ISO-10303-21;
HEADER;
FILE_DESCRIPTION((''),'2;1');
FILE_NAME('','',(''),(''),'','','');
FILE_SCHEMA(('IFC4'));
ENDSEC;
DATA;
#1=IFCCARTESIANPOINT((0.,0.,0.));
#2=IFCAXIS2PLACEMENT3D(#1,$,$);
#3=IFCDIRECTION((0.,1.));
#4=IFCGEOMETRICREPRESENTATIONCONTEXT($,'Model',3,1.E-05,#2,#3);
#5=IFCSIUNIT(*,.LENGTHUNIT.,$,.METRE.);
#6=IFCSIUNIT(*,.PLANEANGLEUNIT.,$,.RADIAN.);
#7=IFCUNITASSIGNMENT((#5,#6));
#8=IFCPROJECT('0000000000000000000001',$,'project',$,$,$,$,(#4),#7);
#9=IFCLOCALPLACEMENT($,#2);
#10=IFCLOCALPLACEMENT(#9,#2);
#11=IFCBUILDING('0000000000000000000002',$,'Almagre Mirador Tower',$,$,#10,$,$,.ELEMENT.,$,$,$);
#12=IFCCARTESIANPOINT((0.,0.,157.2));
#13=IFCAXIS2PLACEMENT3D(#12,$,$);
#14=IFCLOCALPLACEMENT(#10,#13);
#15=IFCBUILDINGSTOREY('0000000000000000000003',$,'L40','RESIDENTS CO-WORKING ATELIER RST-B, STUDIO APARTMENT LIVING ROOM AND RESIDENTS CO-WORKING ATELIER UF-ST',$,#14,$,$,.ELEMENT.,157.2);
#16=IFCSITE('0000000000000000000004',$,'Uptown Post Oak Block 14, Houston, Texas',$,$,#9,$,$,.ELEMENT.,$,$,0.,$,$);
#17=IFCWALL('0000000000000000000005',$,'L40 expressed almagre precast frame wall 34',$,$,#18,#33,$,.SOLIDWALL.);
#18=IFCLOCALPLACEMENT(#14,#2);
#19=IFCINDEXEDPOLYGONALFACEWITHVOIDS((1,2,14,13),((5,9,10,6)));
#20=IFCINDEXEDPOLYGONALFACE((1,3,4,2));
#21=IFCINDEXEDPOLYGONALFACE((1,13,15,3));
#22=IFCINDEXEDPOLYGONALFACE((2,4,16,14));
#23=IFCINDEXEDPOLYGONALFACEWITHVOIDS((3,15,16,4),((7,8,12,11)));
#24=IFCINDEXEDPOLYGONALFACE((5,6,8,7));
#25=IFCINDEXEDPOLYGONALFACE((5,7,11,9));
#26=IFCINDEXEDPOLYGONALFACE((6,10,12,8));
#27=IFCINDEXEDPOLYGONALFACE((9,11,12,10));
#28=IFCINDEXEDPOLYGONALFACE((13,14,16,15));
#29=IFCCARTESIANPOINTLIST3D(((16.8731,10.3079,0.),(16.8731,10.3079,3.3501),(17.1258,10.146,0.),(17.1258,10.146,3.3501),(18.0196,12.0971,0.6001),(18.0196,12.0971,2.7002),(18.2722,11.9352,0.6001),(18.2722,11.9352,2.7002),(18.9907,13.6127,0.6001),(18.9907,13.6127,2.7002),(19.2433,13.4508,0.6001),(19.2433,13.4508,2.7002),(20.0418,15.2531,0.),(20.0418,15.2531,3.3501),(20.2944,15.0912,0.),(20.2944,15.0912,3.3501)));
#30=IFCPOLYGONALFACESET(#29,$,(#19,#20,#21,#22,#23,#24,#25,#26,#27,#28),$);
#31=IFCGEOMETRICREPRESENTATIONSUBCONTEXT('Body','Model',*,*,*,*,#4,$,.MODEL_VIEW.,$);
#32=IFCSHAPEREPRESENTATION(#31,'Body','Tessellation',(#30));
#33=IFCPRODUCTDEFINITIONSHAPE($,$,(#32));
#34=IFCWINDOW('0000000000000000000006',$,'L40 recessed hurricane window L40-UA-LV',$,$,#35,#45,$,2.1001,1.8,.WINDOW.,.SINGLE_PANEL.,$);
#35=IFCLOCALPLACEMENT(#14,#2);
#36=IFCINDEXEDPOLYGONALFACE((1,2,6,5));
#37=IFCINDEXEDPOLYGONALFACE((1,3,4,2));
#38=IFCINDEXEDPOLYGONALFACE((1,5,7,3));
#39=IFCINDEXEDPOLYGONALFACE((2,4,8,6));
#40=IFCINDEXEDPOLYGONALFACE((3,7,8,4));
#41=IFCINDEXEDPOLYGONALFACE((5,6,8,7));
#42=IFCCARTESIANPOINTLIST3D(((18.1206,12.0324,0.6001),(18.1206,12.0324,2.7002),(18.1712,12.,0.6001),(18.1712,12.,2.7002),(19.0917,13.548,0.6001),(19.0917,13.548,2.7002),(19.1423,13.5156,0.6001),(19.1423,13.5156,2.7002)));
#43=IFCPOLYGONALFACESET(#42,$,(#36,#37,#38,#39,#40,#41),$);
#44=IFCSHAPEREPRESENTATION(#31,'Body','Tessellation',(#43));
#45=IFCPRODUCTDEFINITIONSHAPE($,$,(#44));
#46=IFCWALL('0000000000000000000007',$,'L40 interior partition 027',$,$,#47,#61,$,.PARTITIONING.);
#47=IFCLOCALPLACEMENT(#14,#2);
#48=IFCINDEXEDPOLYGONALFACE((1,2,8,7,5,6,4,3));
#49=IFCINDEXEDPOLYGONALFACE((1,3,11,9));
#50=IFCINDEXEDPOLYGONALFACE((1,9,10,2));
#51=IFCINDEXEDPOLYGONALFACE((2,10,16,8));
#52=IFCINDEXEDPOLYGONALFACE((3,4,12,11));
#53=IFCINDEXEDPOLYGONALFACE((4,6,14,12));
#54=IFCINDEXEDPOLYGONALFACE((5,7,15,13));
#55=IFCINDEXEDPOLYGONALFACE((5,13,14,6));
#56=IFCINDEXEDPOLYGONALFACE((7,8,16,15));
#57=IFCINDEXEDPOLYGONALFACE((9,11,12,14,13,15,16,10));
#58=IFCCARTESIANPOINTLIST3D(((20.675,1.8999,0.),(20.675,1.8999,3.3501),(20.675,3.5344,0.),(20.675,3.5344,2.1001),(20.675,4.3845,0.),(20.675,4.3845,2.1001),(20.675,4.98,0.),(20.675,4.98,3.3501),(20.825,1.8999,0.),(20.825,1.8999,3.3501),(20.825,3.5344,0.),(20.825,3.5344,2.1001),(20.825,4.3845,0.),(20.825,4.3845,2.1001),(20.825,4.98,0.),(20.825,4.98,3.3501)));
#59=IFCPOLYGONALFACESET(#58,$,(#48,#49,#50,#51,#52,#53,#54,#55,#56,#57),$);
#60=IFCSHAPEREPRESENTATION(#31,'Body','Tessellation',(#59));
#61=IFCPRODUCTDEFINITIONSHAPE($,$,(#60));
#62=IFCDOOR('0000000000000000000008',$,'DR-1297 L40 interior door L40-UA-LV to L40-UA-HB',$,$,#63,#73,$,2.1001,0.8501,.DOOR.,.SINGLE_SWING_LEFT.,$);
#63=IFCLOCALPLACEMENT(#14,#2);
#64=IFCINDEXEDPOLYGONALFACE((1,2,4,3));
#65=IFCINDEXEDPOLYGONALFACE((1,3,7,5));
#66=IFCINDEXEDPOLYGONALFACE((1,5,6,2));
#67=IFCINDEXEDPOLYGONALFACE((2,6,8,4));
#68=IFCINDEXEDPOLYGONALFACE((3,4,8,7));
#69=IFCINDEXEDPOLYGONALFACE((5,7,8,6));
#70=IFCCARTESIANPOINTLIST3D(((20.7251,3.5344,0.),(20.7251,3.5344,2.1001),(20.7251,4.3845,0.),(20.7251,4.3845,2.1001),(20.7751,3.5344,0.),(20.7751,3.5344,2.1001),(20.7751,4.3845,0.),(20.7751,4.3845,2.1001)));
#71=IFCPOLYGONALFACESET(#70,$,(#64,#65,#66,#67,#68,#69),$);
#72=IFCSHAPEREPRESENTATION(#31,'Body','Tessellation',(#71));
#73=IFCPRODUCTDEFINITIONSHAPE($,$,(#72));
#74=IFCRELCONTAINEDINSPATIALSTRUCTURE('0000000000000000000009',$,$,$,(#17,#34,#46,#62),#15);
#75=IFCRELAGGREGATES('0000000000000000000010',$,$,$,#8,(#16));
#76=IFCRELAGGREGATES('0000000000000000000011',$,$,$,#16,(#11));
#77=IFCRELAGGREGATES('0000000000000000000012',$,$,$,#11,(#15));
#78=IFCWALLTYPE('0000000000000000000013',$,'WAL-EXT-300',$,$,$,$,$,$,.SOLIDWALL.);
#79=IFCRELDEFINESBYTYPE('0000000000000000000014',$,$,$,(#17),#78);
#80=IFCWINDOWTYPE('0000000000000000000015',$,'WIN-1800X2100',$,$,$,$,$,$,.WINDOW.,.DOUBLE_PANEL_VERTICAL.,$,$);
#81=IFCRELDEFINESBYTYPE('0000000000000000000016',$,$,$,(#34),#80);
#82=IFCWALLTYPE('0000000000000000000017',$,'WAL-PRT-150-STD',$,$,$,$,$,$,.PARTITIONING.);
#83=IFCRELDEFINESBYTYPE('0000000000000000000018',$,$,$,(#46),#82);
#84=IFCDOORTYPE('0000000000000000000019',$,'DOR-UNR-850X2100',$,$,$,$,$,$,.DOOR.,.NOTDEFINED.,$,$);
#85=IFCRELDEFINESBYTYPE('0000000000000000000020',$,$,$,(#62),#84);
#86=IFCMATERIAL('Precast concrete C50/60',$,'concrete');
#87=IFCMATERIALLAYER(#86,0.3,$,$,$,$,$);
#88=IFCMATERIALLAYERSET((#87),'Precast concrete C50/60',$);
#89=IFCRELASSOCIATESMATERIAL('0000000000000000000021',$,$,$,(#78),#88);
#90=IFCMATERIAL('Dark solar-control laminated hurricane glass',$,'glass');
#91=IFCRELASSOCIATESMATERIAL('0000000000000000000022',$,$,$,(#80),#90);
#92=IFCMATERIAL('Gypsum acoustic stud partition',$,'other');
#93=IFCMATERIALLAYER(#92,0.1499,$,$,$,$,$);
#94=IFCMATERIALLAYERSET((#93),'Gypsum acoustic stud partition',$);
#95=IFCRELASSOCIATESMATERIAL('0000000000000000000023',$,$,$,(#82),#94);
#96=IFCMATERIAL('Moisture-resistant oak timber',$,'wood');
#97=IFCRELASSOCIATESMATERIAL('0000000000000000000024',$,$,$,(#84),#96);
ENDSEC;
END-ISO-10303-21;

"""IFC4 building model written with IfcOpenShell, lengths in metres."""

from ifc_helpers import new_model, si_unit, direction, frame, frame_2d, origin, place, context, subcontext, project, spatial, rectangle, extrude, material, layer, layer_set, type_object, element, fill, save


model = new_model("IFC4")

# Units and contexts
model_context = context("Model", 3, precision=1e-05, world=origin(), true_north=direction((0.0, 1.0)))
body_context = subcontext(model_context, "Body", "Model", "MODEL_VIEW")
ifc_project = project(units=[si_unit("LENGTHUNIT", "METRE"), si_unit("PLANEANGLEUNIT", "RADIAN")], contexts=[model_context])

# Site, building, storey
site_placement = place(None, origin())
site = spatial("IfcSite", under=ifc_project, at=site_placement, Name="Uptown Post Oak Block 14, Houston, Texas", CompositionType="ELEMENT", RefElevation=0.0)
building_placement = place(site_placement, origin())
building = spatial("IfcBuilding", under=site, at=building_placement, Name="Almagre Mirador Tower", CompositionType="ELEMENT")
storey_placement = place(building_placement, frame((0.0, 0.0, 157.2)))
storey = spatial("IfcBuildingStorey", under=building, at=storey_placement, Name="L40", Description="RESIDENTS CO-WORKING ATELIER RST-B, STUDIO APARTMENT LIVING ROOM AND RESIDENTS CO-WORKING ATELIER UF-ST", CompositionType="ELEMENT", Elevation=157.2)

# Shared definitions
ifc_material_1 = material(Name="Precast concrete C50/60", Category="concrete")
ifc_layer_1 = layer(ifc_material_1, 0.3)
ifc_layer_set_1 = layer_set([ifc_layer_1], Name="Precast concrete C50/60")
wall_type_1 = type_object("IfcWallType", Name="WAL-EXT-300", PredefinedType="SOLIDWALL", material=ifc_layer_set_1)

# Wall, opening, window
wall_1_placement = place(storey_placement, frame((16.9995, 10.2271, 0.0), z_axis=(0.0, 0.0, 1.0), x_axis=(0.539501, 0.841985, 0.0)))
wall_1 = element("IfcWall", 1, at=wall_1_placement, inside=storey, type_object=wall_type_1, Name="L40 expressed almagre precast frame wall 34", PredefinedType="SOLIDWALL", context=body_context, shape_type="SweptSolid", body=[
    extrude(rectangle(XDim=5.8733, YDim=0.3, at=frame_2d((2.9365, 0.0))), origin(), (0.0, 0.0, 1.0), 3.3501),
])
opening_1_placement = place(wall_1_placement, frame((2.125, 0.0, 0.6001)))
opening_1 = element("IfcOpeningElement", 2, at=opening_1_placement, cuts=wall_1, PredefinedType="OPENING", context=body_context, shape_type="SweptSolid", body=[
    extrude(rectangle(XDim=1.8, YDim=2.1001, at=frame_2d((0.8999, 1.05))), frame((0.0, 0.1599, 0.0), z_axis=(0.0, -1.0, 0.0), x_axis=(1.0, 0.0, 0.0)), (0.0, 0.0, 1.0), 0.32),
])
ifc_material_2 = material(Name="Dark solar-control laminated hurricane glass", Category="glass")
window_type_1 = type_object("IfcWindowType", Name="WIN-1800X2100", PartitioningType="DOUBLE_PANEL_VERTICAL", PredefinedType="WINDOW", material=ifc_material_2)
window_1_placement = place(opening_1_placement, origin())
window_1 = element("IfcWindow", 3, at=window_1_placement, inside=storey, type_object=window_type_1, Name="L40 recessed hurricane window L40-UA-LV", OverallHeight=2.1001, OverallWidth=1.8, PartitioningType="SINGLE_PANEL", PredefinedType="WINDOW", context=body_context, shape_type="SweptSolid", body=[
    extrude(rectangle(XDim=1.8, YDim=2.1001, at=frame_2d((0.8999, 1.05))), frame((0.0, 0.03, 0.0), z_axis=(0.0, -1.0, 0.0), x_axis=(1.0, 0.0, 0.0)), (0.0, 0.0, 1.0), 0.0601),
])
fill(opening_1, window_1)

# Wall, opening, door
ifc_material_3 = material(Name="Gypsum acoustic stud partition", Category="other")
ifc_layer_2 = layer(ifc_material_3, 0.1499)
ifc_layer_set_2 = layer_set([ifc_layer_2], Name="Gypsum acoustic stud partition")
wall_type_2 = type_object("IfcWallType", Name="WAL-PRT-150-STD", PredefinedType="PARTITIONING", material=ifc_layer_set_2)
wall_2_placement = place(storey_placement, frame((20.75, 1.8999, 0.0), z_axis=(0.0, 0.0, 1.0), x_axis=(0.0, 1.0, 0.0)))
wall_2 = element("IfcWall", 4, at=wall_2_placement, inside=storey, type_object=wall_type_2, Name="L40 interior partition 027", PredefinedType="PARTITIONING", context=body_context, shape_type="SweptSolid", body=[
    extrude(rectangle(XDim=3.0801, YDim=0.1499, at=frame_2d((1.54, 0.0))), origin(), (0.0, 0.0, 1.0), 3.3501),
])
opening_2_placement = place(wall_2_placement, frame((1.6345, 0.0, 0.0)))
opening_2 = element("IfcOpeningElement", 5, at=opening_2_placement, cuts=wall_2, PredefinedType="OPENING", context=body_context, shape_type="SweptSolid", body=[
    extrude(rectangle(XDim=0.8501, YDim=2.1001, at=frame_2d((0.425, 1.05))), frame((0.0, 0.085, 0.0), z_axis=(0.0, -1.0, 0.0), x_axis=(1.0, 0.0, 0.0)), (0.0, 0.0, 1.0), 0.1699),
])
ifc_material_4 = material(Name="Moisture-resistant oak timber", Category="wood")
door_type_1 = type_object("IfcDoorType", Name="DOR-UNR-850X2100", OperationType="NOTDEFINED", PredefinedType="DOOR", material=ifc_material_4)
door_1_placement = place(opening_2_placement, origin())
door_1 = element("IfcDoor", 6, at=door_1_placement, inside=storey, type_object=door_type_1, Name="DR-1297 L40 interior door L40-UA-LV to L40-UA-HB", OperationType="SINGLE_SWING_LEFT", OverallHeight=2.1001, OverallWidth=0.8501, PredefinedType="DOOR", context=body_context, shape_type="SweptSolid", body=[
    extrude(rectangle(XDim=0.8501, YDim=2.1001, at=frame_2d((0.425, 1.05))), frame((0.0, 0.0249, 0.0), z_axis=(0.0, -1.0, 0.0), x_axis=(1.0, 0.0, 0.0)), (0.0, 0.0, 1.0), 0.05),
])
fill(opening_2, door_1)

save(model, "model.ifc")
